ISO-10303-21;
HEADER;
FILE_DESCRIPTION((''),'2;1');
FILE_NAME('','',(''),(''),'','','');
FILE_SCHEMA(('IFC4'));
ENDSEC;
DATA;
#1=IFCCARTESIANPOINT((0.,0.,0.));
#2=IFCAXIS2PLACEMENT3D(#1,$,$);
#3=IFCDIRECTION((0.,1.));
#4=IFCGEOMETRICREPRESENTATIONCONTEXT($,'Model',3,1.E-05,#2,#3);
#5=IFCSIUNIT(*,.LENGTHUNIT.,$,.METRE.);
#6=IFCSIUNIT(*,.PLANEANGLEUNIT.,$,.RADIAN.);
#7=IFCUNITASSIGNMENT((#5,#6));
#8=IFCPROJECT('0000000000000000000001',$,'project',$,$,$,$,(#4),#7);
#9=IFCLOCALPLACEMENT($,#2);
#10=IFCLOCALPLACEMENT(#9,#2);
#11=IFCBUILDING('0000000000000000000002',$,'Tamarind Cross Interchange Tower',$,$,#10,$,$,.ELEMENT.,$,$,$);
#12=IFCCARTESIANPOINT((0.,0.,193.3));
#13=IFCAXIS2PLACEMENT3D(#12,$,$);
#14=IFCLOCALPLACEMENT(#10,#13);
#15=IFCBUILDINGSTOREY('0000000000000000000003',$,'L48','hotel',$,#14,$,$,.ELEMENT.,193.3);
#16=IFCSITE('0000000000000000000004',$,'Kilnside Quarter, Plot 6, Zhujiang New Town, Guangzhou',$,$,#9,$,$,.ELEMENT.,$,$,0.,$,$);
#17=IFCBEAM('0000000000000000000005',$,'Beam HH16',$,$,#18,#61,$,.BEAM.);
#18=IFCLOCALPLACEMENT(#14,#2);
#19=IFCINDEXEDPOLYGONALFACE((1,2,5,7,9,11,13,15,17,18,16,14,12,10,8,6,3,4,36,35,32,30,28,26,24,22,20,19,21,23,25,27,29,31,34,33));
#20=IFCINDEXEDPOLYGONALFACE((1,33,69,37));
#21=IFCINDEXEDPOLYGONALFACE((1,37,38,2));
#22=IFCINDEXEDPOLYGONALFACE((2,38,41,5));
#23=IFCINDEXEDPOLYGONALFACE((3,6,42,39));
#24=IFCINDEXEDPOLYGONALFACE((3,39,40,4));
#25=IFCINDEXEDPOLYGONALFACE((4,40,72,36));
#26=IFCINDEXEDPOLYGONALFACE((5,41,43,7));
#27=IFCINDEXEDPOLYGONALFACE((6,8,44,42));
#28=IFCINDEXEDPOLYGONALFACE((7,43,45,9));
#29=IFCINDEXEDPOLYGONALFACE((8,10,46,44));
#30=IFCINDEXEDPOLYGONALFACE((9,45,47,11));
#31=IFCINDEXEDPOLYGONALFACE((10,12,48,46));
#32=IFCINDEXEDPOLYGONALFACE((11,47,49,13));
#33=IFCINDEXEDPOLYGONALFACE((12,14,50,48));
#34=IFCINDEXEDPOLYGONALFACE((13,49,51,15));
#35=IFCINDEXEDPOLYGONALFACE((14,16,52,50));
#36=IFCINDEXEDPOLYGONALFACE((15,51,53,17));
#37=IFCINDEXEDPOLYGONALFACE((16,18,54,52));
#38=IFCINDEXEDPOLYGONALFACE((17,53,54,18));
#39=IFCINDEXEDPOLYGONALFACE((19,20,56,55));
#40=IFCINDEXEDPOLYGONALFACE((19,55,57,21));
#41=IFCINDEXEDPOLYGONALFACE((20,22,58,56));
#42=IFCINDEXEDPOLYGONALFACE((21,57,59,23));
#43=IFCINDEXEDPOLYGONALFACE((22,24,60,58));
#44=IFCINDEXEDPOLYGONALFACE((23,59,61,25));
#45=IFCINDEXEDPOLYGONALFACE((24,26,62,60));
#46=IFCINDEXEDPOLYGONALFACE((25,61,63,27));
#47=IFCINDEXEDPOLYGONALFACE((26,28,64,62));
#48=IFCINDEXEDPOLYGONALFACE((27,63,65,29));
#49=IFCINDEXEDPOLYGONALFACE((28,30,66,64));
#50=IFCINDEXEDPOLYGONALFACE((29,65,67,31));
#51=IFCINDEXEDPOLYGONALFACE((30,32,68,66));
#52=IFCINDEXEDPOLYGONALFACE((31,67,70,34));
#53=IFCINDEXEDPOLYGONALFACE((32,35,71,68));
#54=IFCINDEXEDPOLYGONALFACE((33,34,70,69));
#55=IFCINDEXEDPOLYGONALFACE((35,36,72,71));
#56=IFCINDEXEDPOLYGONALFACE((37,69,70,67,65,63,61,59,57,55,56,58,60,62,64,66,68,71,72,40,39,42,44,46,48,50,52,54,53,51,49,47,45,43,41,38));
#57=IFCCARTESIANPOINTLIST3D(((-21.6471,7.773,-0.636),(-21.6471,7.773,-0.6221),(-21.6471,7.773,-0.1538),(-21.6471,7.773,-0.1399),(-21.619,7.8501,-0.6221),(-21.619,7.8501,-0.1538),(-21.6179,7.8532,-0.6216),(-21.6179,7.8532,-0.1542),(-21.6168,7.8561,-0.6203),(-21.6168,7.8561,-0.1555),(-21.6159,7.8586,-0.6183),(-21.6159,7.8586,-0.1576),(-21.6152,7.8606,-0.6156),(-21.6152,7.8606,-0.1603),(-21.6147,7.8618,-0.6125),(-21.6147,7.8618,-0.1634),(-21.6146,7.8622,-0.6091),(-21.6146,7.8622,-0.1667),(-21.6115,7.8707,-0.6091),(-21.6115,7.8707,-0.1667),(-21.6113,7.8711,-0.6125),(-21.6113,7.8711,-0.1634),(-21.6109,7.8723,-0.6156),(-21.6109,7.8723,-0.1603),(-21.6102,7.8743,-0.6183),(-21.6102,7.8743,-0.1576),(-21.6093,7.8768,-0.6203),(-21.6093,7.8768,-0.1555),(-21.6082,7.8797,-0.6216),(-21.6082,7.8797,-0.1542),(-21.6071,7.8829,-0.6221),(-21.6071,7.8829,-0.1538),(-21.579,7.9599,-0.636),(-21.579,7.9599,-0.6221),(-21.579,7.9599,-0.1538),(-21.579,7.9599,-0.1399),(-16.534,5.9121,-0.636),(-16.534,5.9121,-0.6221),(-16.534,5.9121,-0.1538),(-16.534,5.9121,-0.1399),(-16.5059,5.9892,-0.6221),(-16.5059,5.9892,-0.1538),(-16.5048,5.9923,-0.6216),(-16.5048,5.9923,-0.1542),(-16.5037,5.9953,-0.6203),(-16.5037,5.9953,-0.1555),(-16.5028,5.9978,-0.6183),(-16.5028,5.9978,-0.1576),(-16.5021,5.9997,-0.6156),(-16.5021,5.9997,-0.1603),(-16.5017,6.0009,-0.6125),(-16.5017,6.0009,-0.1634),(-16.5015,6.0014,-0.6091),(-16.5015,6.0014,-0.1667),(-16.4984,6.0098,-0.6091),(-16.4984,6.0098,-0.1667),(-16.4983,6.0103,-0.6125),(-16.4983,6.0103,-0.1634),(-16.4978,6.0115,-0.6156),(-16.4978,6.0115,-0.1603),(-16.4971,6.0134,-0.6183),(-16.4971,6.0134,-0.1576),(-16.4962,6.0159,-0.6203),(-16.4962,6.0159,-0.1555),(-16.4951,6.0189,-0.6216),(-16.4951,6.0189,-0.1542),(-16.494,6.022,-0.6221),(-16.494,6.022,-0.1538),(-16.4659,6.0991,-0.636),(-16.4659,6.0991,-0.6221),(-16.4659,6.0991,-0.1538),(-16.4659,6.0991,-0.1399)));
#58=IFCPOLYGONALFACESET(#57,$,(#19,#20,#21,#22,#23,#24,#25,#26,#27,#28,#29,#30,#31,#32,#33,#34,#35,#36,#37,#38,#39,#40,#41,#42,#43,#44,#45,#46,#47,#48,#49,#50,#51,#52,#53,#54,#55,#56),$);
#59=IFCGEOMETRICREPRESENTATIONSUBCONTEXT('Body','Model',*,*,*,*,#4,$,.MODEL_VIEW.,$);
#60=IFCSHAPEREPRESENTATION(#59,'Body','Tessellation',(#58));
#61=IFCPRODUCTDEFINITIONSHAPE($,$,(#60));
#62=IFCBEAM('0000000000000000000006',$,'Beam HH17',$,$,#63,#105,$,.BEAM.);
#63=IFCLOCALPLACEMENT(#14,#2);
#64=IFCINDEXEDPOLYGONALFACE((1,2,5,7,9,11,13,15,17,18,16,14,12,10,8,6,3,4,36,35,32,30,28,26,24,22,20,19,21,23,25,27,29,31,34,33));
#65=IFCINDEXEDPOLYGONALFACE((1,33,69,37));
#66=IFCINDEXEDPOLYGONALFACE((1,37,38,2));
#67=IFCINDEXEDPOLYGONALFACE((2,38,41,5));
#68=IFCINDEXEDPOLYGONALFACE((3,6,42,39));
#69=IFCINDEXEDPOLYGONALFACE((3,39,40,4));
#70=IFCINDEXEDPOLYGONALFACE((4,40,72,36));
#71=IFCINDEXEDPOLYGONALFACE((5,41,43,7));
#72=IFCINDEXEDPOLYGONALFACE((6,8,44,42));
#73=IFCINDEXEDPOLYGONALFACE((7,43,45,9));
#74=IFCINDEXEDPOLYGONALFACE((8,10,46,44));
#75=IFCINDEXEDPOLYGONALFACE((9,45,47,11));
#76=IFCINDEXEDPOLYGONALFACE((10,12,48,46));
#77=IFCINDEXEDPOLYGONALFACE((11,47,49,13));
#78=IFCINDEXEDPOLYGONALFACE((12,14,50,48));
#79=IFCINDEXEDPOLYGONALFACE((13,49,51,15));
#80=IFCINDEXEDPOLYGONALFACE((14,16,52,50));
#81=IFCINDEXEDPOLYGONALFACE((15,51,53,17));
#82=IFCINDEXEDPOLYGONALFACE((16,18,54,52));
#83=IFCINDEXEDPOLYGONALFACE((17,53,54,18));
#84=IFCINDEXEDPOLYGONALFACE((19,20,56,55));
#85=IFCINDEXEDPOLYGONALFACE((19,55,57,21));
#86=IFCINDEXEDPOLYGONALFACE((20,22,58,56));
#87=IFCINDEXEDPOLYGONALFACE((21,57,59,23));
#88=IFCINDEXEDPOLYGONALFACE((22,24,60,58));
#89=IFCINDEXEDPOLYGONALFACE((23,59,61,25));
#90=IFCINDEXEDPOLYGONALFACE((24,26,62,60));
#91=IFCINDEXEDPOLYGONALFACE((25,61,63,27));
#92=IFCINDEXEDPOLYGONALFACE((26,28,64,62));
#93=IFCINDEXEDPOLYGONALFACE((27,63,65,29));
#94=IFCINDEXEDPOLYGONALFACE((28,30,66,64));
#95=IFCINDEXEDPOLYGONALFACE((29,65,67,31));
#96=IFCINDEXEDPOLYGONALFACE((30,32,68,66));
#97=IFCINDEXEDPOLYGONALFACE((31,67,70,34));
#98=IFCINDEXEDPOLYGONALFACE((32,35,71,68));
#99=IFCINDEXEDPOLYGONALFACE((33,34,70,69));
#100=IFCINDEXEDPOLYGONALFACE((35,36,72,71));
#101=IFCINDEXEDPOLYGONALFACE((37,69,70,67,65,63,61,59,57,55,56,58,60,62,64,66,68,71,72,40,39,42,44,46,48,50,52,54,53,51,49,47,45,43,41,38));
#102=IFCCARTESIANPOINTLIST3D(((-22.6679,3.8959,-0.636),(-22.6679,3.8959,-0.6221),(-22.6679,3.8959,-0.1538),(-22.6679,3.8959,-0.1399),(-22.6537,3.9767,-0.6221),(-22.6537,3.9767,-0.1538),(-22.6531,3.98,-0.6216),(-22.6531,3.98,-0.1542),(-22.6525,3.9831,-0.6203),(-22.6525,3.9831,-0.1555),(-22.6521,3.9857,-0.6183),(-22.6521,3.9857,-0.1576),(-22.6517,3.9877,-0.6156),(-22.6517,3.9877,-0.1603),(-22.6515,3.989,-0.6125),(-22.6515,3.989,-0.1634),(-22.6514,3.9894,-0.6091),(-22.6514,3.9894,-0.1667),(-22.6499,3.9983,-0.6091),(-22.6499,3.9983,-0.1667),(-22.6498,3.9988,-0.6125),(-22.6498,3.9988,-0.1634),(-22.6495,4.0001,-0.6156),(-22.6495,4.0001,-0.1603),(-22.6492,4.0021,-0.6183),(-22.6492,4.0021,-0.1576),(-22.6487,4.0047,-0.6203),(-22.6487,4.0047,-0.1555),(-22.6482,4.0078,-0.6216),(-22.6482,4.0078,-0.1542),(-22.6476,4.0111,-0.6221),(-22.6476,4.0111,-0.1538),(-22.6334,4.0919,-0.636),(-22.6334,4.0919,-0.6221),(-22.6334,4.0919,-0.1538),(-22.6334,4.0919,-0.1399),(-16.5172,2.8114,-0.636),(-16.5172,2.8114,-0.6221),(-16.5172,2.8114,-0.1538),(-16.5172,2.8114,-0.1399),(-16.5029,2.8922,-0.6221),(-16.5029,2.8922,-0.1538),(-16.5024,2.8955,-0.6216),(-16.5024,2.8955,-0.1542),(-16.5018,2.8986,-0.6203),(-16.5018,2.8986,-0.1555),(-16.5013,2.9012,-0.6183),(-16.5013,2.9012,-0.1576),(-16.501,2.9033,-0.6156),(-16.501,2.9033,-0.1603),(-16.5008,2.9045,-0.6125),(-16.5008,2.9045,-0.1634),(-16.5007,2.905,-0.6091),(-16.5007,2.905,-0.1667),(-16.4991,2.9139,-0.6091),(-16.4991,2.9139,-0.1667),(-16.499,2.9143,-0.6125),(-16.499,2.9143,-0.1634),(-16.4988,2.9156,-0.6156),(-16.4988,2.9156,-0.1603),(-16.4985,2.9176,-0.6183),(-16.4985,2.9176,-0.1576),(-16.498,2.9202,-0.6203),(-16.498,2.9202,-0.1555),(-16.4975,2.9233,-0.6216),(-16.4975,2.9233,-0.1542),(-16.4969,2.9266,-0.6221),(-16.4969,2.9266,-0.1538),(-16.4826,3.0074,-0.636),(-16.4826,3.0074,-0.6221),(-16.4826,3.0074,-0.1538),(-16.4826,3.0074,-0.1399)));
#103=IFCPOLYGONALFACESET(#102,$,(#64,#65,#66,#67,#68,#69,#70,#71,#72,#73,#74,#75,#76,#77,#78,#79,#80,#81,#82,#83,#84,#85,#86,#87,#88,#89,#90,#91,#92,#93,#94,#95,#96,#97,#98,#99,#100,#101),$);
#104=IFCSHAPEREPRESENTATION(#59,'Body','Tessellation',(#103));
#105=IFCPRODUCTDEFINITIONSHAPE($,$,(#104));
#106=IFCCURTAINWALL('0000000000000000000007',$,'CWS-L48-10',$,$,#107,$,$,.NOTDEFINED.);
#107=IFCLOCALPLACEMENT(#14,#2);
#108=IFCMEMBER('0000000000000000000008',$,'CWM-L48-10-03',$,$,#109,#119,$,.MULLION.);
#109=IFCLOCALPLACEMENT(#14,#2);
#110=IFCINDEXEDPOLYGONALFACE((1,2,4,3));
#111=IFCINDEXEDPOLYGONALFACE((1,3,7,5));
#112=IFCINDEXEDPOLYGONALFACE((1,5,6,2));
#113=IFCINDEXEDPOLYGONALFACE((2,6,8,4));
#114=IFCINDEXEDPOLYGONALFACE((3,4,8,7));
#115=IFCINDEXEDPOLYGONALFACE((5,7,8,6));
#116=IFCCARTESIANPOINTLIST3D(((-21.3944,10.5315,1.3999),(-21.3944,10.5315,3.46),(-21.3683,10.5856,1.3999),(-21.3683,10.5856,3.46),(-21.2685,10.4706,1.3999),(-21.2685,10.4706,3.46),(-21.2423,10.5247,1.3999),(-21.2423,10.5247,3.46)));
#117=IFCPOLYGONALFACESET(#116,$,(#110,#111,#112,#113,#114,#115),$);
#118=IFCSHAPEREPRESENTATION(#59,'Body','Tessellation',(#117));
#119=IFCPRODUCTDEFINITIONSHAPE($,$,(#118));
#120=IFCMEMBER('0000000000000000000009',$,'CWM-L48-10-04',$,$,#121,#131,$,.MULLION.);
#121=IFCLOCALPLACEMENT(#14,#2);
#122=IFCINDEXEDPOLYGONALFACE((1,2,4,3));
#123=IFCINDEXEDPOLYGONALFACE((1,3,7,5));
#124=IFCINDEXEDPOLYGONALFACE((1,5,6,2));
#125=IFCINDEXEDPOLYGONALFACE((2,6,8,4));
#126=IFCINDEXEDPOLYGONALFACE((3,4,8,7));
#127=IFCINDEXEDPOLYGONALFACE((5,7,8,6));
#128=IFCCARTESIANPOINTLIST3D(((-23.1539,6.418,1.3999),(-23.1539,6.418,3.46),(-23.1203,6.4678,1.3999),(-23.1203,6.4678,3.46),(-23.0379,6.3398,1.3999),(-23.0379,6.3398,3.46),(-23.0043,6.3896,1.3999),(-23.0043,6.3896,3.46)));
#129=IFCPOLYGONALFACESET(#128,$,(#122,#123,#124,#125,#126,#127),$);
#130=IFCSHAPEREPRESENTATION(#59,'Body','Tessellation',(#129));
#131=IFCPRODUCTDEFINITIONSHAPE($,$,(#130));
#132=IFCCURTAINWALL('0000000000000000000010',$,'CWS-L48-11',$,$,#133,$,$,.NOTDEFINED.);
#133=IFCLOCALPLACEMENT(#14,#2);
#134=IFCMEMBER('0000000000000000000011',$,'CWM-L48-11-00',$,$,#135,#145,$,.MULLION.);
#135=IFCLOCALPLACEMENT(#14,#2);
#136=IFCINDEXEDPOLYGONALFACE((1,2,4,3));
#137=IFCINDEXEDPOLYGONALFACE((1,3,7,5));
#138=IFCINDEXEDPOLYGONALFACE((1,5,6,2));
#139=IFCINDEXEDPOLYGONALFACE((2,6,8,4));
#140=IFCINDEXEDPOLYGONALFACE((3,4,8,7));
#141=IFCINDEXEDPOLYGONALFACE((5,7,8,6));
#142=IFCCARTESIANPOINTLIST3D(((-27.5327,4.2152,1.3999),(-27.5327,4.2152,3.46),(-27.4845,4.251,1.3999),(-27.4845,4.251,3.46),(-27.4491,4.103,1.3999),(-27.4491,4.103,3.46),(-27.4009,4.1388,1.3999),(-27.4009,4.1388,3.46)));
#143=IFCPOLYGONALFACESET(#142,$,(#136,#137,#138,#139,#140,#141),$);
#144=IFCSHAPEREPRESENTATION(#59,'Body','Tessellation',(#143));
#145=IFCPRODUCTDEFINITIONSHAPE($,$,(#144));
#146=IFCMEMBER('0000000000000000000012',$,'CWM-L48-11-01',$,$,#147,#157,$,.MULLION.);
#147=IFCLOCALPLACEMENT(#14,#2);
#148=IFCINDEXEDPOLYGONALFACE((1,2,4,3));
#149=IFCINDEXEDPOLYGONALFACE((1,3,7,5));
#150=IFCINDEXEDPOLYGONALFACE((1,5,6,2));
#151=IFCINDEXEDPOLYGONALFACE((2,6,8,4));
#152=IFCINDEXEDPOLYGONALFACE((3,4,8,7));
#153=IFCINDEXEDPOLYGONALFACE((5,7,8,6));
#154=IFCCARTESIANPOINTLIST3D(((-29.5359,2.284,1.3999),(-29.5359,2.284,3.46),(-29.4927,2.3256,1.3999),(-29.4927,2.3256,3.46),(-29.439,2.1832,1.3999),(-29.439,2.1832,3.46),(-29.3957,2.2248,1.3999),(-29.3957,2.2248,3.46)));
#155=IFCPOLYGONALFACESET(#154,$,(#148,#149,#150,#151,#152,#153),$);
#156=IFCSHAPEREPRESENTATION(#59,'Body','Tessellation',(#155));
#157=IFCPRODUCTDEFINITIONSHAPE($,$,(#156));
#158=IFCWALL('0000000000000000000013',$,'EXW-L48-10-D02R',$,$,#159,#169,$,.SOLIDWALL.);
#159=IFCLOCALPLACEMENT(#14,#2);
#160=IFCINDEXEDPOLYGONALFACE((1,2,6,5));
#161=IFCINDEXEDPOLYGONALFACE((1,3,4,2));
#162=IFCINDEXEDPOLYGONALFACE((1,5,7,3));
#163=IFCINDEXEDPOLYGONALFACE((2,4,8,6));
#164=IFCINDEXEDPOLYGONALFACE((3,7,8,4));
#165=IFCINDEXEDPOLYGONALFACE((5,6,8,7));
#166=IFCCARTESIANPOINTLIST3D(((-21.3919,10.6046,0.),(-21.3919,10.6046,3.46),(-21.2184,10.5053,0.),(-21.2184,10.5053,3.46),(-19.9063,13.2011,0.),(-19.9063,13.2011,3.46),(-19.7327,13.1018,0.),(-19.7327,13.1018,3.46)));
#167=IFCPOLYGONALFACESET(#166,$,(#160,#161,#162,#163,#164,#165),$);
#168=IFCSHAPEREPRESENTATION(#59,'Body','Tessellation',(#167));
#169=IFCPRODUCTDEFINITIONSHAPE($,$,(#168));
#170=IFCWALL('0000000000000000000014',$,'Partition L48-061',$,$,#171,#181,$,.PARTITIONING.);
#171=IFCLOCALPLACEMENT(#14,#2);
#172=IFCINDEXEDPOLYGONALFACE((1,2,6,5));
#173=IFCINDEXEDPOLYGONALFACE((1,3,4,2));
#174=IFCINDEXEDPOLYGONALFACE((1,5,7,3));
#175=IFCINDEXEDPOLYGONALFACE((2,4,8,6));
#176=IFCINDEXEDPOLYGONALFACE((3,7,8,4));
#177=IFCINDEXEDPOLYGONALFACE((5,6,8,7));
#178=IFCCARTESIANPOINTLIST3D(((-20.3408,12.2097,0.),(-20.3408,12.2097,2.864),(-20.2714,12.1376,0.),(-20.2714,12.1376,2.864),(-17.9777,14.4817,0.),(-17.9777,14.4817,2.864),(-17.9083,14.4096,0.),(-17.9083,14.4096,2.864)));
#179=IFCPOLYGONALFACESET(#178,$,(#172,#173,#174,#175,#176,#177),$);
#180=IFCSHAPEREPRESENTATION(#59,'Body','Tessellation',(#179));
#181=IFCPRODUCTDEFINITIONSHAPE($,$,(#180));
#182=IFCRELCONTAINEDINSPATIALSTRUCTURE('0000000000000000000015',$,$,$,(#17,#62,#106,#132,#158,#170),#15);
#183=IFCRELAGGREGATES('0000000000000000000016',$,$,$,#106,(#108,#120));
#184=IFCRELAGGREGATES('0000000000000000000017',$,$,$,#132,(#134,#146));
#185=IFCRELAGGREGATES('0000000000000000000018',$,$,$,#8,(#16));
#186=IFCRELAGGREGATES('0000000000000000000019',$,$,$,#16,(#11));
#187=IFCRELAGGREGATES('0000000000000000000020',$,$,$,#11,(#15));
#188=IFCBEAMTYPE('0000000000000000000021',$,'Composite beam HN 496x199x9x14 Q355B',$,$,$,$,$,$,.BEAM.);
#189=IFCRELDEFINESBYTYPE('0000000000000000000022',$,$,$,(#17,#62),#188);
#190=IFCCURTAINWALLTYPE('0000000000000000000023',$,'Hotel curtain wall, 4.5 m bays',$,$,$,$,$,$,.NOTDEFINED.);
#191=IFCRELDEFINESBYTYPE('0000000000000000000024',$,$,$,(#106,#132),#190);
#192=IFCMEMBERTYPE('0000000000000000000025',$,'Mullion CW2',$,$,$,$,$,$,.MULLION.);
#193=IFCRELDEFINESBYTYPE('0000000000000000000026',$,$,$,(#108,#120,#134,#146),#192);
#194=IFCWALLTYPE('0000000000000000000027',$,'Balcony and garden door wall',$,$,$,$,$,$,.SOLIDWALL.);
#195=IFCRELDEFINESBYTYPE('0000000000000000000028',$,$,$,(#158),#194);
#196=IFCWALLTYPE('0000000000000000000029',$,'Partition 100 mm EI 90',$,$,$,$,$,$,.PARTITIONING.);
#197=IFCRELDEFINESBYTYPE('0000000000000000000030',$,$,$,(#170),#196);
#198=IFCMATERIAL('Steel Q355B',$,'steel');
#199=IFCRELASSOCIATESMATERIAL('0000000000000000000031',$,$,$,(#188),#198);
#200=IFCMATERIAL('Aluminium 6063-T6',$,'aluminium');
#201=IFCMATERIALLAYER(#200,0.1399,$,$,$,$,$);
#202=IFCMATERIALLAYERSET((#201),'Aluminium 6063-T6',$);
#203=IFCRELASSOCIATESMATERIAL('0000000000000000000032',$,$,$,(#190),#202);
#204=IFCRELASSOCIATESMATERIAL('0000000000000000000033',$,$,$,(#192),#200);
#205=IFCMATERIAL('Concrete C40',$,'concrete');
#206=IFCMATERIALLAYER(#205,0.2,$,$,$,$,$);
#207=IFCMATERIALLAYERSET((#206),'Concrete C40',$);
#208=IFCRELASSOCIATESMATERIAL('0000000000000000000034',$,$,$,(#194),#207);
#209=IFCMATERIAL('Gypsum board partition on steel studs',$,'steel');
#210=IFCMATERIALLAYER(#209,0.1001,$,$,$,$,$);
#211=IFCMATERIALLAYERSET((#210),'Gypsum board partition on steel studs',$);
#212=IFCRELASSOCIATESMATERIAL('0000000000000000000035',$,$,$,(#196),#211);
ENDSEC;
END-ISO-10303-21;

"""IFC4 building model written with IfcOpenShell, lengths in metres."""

from ifc_helpers import new_model, si_unit, direction, frame, frame_2d, origin, origin_2d, place, context, subcontext, project, spatial, rectangle, i_section, extrude, material, layer, layer_set, material_profile, profile_set, type_object, element, aggregate, save


model = new_model("IFC4")

# Units and contexts
model_context = context("Model", 3, precision=1e-05, world=origin(), true_north=direction((0.0, 1.0)))
body_context = subcontext(model_context, "Body", "Model", "MODEL_VIEW")
ifc_project = project(units=[si_unit("LENGTHUNIT", "METRE"), si_unit("PLANEANGLEUNIT", "RADIAN")], contexts=[model_context])

# Site, building, storey
site_placement = place(None, origin())
site = spatial("IfcSite", under=ifc_project, at=site_placement, Name="Kilnside Quarter, Plot 6, Zhujiang New Town, Guangzhou", CompositionType="ELEMENT", RefElevation=0.0)
building_placement = place(site_placement, origin())
building = spatial("IfcBuilding", under=site, at=building_placement, Name="Tamarind Cross Interchange Tower", CompositionType="ELEMENT")
storey_placement = place(building_placement, frame((0.0, 0.0, 193.3)))
storey = spatial("IfcBuildingStorey", under=building, at=storey_placement, Name="L48", Description="hotel", CompositionType="ELEMENT", Elevation=193.3)

# Beams
ifc_material_1 = material(Name="Steel Q355B", Category="steel")
ifc_material_profile_1 = material_profile(ifc_material_1, i_section(OverallWidth=0.199, OverallDepth=0.4961, WebThickness=0.009, FlangeThickness=0.0139, FilletRadius=0.0129, at=origin_2d()), Name="HN 496x199x9x14")
ifc_profile_set_1 = profile_set([ifc_material_profile_1], Name="Steel Q355B")
beam_type = type_object("IfcBeamType", Name="Composite beam HN 496x199x9x14 Q355B", PredefinedType="BEAM", material=ifc_profile_set_1)
beam_1_placement = place(storey_placement, frame((-21.613, 7.8665, -0.3879), z_axis=(0.939702, -0.341995, 0.0), x_axis=(0.341995, 0.939702, 0.0)))
element("IfcBeam", 1, at=beam_1_placement, inside=storey, type_object=beam_type, Name="Beam HH16", PredefinedType="BEAM", context=body_context, shape_type="SweptSolid", body=[
    extrude(i_section(OverallWidth=0.199, OverallDepth=0.4961, WebThickness=0.009, FlangeThickness=0.0139, FilletRadius=0.0129, at=origin_2d()), origin(), (0.0, 0.0, 1.0), 5.4412),
])
beam_2_placement = place(storey_placement, frame((-22.6506, 3.9939, -0.3879), z_axis=(0.984809, -0.17364, 0.0), x_axis=(0.17364, 0.984809, 0.0)))
element("IfcBeam", 2, at=beam_2_placement, inside=storey, type_object=beam_type, Name="Beam HH17", PredefinedType="BEAM", context=body_context, shape_type="SweptSolid", body=[
    extrude(i_section(OverallWidth=0.199, OverallDepth=0.4961, WebThickness=0.009, FlangeThickness=0.0139, FilletRadius=0.0129, at=origin_2d()), origin(), (0.0, 0.0, 1.0), 6.2456),
])

# Curtain walls, members
ifc_material_2 = material(Name="Aluminium 6063-T6", Category="aluminium")
ifc_layer_1 = layer(ifc_material_2, 0.1399)
ifc_layer_set_1 = layer_set([ifc_layer_1], Name="Aluminium 6063-T6")
curtain_wall_type = type_object("IfcCurtainWallType", Name="Hotel curtain wall, 4.5 m bays", PredefinedType="NOTDEFINED", material=ifc_layer_set_1)
curtain_wall_1_placement = place(storey_placement, origin())
curtain_wall_1 = element("IfcCurtainWall", 3, at=curtain_wall_1_placement, inside=storey, type_object=curtain_wall_type, Name="CWS-L48-10", PredefinedType="NOTDEFINED")
ifc_material_profile_2 = material_profile(ifc_material_2, rectangle(XDim=0.0601, YDim=0.1399, at=origin_2d()), Name="Mullion CW2")
ifc_profile_set_2 = profile_set([ifc_material_profile_2], Name="Aluminium 6063-T6")
member_type = type_object("IfcMemberType", Name="Mullion CW2", PredefinedType="MULLION", material=ifc_profile_set_2)
member_1_placement = place(storey_placement, frame((-21.3184, 10.5281, 1.3999), z_axis=(0.0, 0.0, 1.0), x_axis=(-0.435326, -0.900273, 0.0)))
member_1 = element("IfcMember", 4, at=member_1_placement, type_object=member_type, Name="CWM-L48-10-03", PredefinedType="MULLION", context=body_context, shape_type="SweptSolid", body=[
    extrude(rectangle(XDim=0.0601, YDim=0.1399, at=origin_2d()), origin(), (0.0, 0.0, 1.0), 2.0601),
])
member_2_placement = place(storey_placement, frame((-23.0791, 6.4038, 1.3999), z_axis=(0.0, 0.0, 1.0), x_axis=(-0.559225, -0.829016, 0.0)))
member_2 = element("IfcMember", 5, at=member_2_placement, type_object=member_type, Name="CWM-L48-10-04", PredefinedType="MULLION", context=body_context, shape_type="SweptSolid", body=[
    extrude(rectangle(XDim=0.0601, YDim=0.1399, at=origin_2d()), origin(), (0.0, 0.0, 1.0), 2.0601),
])
aggregate(curtain_wall_1, [member_1, member_2])
curtain_wall_2_placement = place(storey_placement, origin())
curtain_wall_2 = element("IfcCurtainWall", 6, at=curtain_wall_2_placement, inside=storey, type_object=curtain_wall_type, Name="CWS-L48-11", PredefinedType="NOTDEFINED")
member_3_placement = place(storey_placement, frame((-27.4668, 4.177, 1.3999), z_axis=(0.0, 0.0, 1.0), x_axis=(-0.801937, -0.597408, 0.0)))
member_3 = element("IfcMember", 7, at=member_3_placement, type_object=member_type, Name="CWM-L48-11-00", PredefinedType="MULLION", context=body_context, shape_type="SweptSolid", body=[
    extrude(rectangle(XDim=0.0601, YDim=0.1399, at=origin_2d()), origin(), (0.0, 0.0, 1.0), 2.0601),
])
member_4_placement = place(storey_placement, frame((-29.4658, 2.2544, 1.3999), z_axis=(0.0, 0.0, 1.0), x_axis=(-0.720774, -0.69317, 0.0)))
member_4 = element("IfcMember", 8, at=member_4_placement, type_object=member_type, Name="CWM-L48-11-01", PredefinedType="MULLION", context=body_context, shape_type="SweptSolid", body=[
    extrude(rectangle(XDim=0.0601, YDim=0.1399, at=origin_2d()), origin(), (0.0, 0.0, 1.0), 2.0601),
])
aggregate(curtain_wall_2, [member_3, member_4])

# Wall
ifc_material_3 = material(Name="Concrete C40", Category="concrete")
ifc_layer_2 = layer(ifc_material_3, 0.2)
ifc_layer_set_2 = layer_set([ifc_layer_2], Name="Concrete C40")
wall_type_1 = type_object("IfcWallType", Name="Balcony and garden door wall", PredefinedType="SOLIDWALL", material=ifc_layer_set_2)
wall_1_placement = place(storey_placement, frame((-19.8196, 13.1514, 0.0), z_axis=(0.0, 0.0, 1.0), x_axis=(-0.496622, -0.867967, 0.0)))
element("IfcWall", 9, at=wall_1_placement, inside=storey, type_object=wall_type_1, Name="EXW-L48-10-D02R", PredefinedType="SOLIDWALL", context=body_context, shape_type="SweptSolid", body=[
    extrude(rectangle(XDim=2.9915, YDim=0.2, at=frame_2d((1.4956, 0.0))), origin(), (0.0, 0.0, 1.0), 3.46),
])

# Wall
ifc_material_4 = material(Name="Gypsum board partition on steel studs", Category="steel")
ifc_layer_3 = layer(ifc_material_4, 0.1001)
ifc_layer_set_3 = layer_set([ifc_layer_3], Name="Gypsum board partition on steel studs")
wall_type_2 = type_object("IfcWallType", Name="Partition 100 mm EI 90", PredefinedType="PARTITIONING", material=ifc_layer_set_3)
wall_2_placement = place(storey_placement, frame((-20.3062, 12.1736, 0.0), z_axis=(0.0, 0.0, 1.0), x_axis=(0.72086, 0.69308, 0.0)))
element("IfcWall", 10, at=wall_2_placement, inside=storey, type_object=wall_type_2, Name="Partition L48-061", PredefinedType="PARTITIONING", context=body_context, shape_type="SweptSolid", body=[
    extrude(rectangle(XDim=3.2781, YDim=0.1001, at=frame_2d((1.6392, 0.0))), origin(), (0.0, 0.0, 1.0), 2.864),
])

save(model, "model.ifc")
